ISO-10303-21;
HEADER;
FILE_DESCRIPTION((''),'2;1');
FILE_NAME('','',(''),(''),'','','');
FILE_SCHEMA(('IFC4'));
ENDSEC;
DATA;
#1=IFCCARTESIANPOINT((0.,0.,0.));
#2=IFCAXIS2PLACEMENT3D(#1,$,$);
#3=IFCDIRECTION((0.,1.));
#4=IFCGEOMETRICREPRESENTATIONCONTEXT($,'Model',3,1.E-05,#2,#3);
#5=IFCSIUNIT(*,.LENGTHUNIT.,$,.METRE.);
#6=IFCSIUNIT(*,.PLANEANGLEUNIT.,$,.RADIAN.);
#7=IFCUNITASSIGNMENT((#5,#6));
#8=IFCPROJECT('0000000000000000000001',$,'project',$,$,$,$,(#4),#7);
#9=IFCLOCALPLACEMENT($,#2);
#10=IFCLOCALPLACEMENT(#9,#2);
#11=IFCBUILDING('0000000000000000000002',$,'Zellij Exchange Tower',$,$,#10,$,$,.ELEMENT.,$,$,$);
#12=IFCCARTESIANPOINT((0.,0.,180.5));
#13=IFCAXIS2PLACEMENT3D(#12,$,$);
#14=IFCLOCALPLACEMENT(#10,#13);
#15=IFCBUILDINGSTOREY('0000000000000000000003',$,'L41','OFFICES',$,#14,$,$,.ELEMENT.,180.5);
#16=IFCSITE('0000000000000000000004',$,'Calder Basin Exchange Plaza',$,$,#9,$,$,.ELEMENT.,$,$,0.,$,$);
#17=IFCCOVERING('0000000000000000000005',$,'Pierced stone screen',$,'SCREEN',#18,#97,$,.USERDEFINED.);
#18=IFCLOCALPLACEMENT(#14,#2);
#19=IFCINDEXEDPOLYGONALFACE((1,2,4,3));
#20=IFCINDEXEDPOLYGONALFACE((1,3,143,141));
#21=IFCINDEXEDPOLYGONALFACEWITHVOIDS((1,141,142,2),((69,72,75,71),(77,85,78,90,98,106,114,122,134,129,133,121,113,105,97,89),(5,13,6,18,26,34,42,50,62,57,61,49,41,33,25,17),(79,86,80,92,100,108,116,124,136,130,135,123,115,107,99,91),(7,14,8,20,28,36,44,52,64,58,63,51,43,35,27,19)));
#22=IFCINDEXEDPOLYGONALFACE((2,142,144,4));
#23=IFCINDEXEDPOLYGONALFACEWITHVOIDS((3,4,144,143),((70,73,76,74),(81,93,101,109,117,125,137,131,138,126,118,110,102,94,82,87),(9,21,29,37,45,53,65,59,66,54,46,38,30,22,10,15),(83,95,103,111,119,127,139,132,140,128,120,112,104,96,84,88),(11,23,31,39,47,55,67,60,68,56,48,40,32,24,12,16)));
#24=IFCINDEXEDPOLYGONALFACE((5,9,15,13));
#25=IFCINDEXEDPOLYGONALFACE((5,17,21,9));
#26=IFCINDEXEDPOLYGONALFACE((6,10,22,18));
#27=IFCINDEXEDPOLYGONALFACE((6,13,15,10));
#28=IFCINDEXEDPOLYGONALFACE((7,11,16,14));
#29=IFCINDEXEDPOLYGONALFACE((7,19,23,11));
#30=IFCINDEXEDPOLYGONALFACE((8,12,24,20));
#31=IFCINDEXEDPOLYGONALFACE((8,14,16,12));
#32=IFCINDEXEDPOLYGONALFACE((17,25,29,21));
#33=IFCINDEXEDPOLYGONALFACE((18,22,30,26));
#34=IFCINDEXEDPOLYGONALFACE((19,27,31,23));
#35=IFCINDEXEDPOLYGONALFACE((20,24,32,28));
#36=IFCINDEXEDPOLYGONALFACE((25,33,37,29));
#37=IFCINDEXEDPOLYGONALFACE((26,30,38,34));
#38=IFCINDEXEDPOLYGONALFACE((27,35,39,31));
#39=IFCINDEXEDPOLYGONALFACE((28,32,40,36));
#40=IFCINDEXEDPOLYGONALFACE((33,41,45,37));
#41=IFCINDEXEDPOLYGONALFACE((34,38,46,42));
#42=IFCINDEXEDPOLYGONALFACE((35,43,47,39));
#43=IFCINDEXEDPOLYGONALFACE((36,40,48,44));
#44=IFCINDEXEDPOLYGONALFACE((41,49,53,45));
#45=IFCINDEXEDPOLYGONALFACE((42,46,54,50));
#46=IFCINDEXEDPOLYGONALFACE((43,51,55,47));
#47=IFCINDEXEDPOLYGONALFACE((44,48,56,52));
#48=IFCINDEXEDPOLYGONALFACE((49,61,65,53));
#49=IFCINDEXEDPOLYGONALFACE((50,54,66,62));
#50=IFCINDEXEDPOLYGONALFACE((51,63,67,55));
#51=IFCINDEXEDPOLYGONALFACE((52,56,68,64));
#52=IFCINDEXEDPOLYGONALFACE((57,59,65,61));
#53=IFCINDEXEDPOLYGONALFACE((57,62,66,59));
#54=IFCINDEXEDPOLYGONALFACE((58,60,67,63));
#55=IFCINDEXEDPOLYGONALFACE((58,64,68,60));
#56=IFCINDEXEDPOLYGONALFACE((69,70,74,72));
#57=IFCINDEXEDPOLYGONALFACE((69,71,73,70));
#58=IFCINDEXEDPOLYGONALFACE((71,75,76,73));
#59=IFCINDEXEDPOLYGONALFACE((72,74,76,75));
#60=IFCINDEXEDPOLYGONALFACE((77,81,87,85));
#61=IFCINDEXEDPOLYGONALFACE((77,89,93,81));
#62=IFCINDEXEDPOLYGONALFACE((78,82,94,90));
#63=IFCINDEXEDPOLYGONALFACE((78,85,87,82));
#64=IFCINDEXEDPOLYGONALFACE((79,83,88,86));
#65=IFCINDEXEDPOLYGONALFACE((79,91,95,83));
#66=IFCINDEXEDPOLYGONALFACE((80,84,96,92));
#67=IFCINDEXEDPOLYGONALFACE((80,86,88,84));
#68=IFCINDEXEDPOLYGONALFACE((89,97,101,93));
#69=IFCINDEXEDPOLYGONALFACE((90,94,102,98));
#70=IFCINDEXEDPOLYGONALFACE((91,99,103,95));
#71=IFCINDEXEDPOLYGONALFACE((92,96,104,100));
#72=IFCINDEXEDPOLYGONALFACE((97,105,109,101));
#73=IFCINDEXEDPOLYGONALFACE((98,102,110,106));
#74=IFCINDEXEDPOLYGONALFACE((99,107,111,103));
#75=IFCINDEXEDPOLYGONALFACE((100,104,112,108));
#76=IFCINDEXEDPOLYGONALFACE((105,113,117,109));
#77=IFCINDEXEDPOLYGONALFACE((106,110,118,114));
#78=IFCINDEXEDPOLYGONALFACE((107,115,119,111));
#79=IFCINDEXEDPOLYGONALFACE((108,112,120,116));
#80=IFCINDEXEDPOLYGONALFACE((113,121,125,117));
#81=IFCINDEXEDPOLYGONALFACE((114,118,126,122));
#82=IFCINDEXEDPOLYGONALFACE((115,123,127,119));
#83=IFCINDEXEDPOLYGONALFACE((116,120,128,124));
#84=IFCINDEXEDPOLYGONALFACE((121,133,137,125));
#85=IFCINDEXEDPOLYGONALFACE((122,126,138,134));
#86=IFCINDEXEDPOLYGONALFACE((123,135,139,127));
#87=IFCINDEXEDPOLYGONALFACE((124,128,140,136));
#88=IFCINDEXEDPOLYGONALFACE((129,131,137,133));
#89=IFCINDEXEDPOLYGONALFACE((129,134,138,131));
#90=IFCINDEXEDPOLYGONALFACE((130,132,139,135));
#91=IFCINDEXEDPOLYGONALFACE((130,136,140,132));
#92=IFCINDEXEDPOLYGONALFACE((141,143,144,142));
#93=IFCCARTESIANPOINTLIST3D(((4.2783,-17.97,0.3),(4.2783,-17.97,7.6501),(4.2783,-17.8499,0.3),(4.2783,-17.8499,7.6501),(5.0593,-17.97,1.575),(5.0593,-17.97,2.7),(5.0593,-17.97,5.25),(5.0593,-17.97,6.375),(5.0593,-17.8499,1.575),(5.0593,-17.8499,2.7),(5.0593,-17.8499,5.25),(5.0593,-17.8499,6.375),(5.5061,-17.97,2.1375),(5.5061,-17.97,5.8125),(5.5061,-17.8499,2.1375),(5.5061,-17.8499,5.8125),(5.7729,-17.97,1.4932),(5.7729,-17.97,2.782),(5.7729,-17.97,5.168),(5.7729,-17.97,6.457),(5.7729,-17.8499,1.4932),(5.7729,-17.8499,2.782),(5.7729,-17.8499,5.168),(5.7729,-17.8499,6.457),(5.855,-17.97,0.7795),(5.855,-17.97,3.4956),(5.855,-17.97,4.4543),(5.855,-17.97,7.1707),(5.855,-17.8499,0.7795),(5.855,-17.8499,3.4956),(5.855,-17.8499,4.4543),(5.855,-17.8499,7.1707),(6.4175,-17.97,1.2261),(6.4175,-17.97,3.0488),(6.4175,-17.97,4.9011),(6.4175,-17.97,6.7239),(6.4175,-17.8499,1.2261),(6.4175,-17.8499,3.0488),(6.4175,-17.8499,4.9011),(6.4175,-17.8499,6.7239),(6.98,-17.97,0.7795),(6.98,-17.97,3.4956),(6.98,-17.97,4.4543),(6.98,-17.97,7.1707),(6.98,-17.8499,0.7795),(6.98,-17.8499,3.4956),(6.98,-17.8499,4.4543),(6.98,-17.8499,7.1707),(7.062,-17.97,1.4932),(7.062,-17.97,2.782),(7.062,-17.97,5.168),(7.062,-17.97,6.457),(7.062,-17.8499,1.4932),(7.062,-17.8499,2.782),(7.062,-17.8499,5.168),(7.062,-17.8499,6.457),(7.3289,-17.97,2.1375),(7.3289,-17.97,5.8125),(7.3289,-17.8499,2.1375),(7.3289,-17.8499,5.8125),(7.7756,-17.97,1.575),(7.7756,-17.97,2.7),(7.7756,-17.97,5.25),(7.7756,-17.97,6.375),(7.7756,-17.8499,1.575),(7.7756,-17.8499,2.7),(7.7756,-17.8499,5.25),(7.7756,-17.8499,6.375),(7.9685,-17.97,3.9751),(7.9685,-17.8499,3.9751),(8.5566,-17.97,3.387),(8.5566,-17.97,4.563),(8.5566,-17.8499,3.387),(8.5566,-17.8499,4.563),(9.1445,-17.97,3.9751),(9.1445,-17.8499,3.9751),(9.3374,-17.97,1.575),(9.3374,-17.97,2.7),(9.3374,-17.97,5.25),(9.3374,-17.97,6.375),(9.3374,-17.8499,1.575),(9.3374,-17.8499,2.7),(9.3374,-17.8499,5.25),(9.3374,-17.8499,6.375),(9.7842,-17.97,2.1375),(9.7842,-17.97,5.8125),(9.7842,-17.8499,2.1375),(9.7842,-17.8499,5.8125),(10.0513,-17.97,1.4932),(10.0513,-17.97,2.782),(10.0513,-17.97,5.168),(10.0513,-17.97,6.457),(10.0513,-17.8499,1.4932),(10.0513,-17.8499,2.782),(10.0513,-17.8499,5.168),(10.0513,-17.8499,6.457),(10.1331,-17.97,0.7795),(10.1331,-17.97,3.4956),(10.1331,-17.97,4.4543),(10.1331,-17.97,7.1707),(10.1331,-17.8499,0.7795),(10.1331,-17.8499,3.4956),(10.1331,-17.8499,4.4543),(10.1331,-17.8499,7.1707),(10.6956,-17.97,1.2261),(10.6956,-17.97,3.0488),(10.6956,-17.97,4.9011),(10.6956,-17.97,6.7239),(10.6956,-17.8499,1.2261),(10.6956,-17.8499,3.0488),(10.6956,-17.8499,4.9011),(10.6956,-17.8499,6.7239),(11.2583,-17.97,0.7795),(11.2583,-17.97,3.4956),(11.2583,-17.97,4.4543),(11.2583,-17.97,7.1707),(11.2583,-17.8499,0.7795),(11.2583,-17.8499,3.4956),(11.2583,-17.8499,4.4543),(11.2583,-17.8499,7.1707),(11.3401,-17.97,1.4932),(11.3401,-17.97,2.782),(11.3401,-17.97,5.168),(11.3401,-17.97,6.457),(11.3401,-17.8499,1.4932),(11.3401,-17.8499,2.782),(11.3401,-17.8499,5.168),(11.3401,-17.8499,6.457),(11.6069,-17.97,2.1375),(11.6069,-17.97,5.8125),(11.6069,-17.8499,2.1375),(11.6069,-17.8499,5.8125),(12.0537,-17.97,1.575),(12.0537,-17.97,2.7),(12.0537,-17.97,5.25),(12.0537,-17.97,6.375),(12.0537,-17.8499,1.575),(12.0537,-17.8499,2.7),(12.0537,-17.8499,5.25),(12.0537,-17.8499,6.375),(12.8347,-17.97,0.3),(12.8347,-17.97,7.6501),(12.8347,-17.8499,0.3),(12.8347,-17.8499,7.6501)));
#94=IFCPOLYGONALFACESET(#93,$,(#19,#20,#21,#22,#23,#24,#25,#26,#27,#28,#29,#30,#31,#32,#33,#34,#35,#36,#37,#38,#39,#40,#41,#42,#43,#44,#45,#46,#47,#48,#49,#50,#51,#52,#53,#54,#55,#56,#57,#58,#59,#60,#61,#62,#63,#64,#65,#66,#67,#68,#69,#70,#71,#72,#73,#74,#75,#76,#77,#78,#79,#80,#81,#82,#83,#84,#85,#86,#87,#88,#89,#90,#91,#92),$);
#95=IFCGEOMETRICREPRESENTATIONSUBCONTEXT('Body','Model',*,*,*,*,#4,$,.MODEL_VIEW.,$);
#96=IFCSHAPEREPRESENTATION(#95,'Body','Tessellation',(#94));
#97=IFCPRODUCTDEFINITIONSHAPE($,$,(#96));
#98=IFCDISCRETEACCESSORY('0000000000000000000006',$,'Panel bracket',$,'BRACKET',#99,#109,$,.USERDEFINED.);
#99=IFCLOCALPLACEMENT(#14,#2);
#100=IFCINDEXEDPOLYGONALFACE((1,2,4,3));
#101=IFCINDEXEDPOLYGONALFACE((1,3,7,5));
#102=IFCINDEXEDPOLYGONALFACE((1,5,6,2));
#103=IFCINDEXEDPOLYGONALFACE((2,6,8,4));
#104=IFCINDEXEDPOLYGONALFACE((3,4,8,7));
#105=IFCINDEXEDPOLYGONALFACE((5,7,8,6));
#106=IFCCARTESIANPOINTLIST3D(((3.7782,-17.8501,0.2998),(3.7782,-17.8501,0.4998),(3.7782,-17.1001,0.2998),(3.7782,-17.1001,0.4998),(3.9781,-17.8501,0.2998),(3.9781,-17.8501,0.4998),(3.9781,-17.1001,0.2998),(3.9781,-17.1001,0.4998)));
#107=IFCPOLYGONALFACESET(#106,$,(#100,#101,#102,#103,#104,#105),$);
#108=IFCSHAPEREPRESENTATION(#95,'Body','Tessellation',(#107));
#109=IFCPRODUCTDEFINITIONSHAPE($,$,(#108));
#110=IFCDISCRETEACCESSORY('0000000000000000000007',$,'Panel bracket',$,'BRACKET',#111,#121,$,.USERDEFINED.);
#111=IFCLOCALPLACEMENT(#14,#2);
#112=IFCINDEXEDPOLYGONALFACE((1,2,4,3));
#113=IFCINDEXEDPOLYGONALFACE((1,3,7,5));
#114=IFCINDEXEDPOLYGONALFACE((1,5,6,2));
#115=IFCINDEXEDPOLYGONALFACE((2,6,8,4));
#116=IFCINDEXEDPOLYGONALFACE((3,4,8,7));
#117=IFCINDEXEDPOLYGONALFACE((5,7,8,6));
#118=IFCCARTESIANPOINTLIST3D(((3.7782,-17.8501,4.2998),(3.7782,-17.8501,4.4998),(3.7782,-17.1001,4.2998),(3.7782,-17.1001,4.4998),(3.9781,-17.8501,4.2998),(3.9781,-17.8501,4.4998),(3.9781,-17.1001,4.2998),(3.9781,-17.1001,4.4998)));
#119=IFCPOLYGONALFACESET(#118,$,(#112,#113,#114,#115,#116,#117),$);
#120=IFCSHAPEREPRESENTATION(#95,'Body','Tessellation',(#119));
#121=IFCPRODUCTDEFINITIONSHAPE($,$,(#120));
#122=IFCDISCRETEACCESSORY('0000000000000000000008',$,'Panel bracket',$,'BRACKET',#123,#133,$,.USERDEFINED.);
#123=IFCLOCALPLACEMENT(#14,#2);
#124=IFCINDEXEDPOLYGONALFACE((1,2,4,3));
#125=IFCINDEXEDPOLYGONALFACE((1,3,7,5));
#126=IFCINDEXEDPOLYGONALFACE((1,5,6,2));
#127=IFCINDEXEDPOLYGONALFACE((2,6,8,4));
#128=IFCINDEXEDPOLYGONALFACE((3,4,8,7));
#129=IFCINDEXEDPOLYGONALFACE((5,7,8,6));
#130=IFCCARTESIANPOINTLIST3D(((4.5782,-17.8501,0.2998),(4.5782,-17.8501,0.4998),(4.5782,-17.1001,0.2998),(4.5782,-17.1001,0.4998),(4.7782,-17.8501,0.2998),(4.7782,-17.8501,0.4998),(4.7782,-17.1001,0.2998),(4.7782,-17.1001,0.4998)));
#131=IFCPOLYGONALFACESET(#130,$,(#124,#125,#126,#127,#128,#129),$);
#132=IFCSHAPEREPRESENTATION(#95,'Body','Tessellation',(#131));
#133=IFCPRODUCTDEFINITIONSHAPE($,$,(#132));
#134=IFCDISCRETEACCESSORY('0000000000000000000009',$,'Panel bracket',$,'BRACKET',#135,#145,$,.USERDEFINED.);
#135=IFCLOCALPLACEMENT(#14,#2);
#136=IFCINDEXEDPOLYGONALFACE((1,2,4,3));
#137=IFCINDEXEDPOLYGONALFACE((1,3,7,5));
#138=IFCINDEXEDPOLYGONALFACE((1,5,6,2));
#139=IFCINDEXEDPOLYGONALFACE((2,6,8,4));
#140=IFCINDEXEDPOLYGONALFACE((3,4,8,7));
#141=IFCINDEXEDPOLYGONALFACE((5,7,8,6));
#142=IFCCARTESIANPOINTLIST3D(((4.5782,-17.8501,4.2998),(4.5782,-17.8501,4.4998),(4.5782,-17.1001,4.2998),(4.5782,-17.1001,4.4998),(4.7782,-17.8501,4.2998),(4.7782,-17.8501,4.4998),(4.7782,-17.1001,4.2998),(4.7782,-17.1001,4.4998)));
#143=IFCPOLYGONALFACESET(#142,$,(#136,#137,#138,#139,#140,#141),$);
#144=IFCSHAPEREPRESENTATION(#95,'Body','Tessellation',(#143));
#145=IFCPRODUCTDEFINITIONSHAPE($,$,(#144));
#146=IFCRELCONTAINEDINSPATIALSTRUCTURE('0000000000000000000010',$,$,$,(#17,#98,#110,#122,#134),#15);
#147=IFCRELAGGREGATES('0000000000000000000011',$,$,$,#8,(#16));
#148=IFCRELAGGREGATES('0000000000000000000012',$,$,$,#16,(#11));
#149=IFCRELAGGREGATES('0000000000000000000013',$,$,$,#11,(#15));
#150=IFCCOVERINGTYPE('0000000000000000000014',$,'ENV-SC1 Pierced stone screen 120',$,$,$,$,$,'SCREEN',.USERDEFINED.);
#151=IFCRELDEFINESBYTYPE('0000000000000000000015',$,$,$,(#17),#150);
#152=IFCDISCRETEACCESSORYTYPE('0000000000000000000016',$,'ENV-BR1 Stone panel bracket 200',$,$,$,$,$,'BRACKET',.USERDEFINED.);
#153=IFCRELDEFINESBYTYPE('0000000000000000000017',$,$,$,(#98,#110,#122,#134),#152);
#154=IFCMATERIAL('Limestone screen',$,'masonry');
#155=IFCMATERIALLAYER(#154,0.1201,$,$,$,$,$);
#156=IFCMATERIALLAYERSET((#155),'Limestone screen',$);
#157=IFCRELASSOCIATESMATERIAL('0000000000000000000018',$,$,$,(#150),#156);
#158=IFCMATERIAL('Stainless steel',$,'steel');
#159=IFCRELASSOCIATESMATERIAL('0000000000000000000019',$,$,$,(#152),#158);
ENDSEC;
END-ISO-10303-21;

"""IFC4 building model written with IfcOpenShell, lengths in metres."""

from ifc_helpers import new_model, si_unit, direction, frame, origin, origin_2d, place, context, subcontext, project, spatial, polyline, rectangle, outline, extrude, material, layer, layer_set, type_object, element, save


model = new_model("IFC4")

# Units and contexts
model_context = context("Model", 3, precision=1e-05, world=origin(), true_north=direction((0.0, 1.0)))
body_context = subcontext(model_context, "Body", "Model", "MODEL_VIEW")
ifc_project = project(units=[si_unit("LENGTHUNIT", "METRE"), si_unit("PLANEANGLEUNIT", "RADIAN")], contexts=[model_context])

# Site, building, storey
site_placement = place(None, origin())
site = spatial("IfcSite", under=ifc_project, at=site_placement, Name="Calder Basin Exchange Plaza", CompositionType="ELEMENT", RefElevation=0.0)
building_placement = place(site_placement, origin())
building = spatial("IfcBuilding", under=site, at=building_placement, Name="Zellij Exchange Tower", CompositionType="ELEMENT")
storey_placement = place(building_placement, frame((0.0, 0.0, 180.5)))
storey = spatial("IfcBuildingStorey", under=building, at=storey_placement, Name="L41", Description="OFFICES", CompositionType="ELEMENT", Elevation=180.5)

# Shared definitions
ifc_material_1 = material(Name="Stainless steel", Category="steel")

# Covering
ifc_material_2 = material(Name="Limestone screen", Category="masonry")
ifc_layer_1 = layer(ifc_material_2, 0.1201)
ifc_layer_set_1 = layer_set([ifc_layer_1], Name="Limestone screen")
covering_type = type_object("IfcCoveringType", Name="ENV-SC1 Pierced stone screen 120", ElementType="SCREEN", PredefinedType="USERDEFINED", material=ifc_layer_set_1)
covering_placement = place(storey_placement, frame((4.2783, -17.9099, 0.3), z_axis=(0.0, 0.0, 1.0), x_axis=(1.0, 0.0, 0.0)))
element("IfcCovering", 1, at=covering_placement, inside=storey, type_object=covering_type, Name="Pierced stone screen", ObjectType="SCREEN", PredefinedType="USERDEFINED", context=body_context, shape_type="SweptSolid", body=[
    extrude(outline(polyline([(0.0, 0.0), (8.5564, 0.0), (8.5564, 7.3501), (0.0, 7.3501), (0.0, 0.0)]), holes=[polyline([(3.4973, 2.3999), (2.7837, 2.4819), (2.7017, 3.1956), (2.1392, 2.7488), (1.5767, 3.1956), (1.4946, 2.4819), (0.781, 2.3999), (1.2278, 1.8374), (0.781, 1.2749), (1.4946, 1.1931), (1.5767, 0.4795), (2.1392, 0.926), (2.7017, 0.4795), (2.7837, 1.1931), (3.4973, 1.2749), (3.0505, 1.8374), (3.4973, 2.3999)]), polyline([(3.4973, 6.075), (2.7837, 6.157), (2.7017, 6.8706), (2.1392, 6.4238), (1.5767, 6.8706), (1.4946, 6.157), (0.781, 6.075), (1.2278, 5.5125), (0.781, 4.95), (1.4946, 4.8679), (1.5767, 4.1543), (2.1392, 4.6011), (2.7017, 4.1543), (2.7837, 4.8679), (3.4973, 4.95), (3.0505, 5.5125), (3.4973, 6.075)]), polyline([(7.7754, 2.3999), (7.0618, 2.4819), (6.98, 3.1956), (6.4172, 2.7488), (5.8547, 3.1956), (5.7729, 2.4819), (5.0591, 2.3999), (5.5059, 1.8374), (5.0591, 1.2749), (5.7729, 1.1931), (5.8547, 0.4795), (6.4172, 0.926), (6.98, 0.4795), (7.0618, 1.1931), (7.7754, 1.2749), (7.3286, 1.8374), (7.7754, 2.3999)]), polyline([(7.7754, 6.075), (7.0618, 6.157), (6.98, 6.8706), (6.4172, 6.4238), (5.8547, 6.8706), (5.7729, 6.157), (5.0591, 6.075), (5.5059, 5.5125), (5.0591, 4.95), (5.7729, 4.8679), (5.8547, 4.1543), (6.4172, 4.6011), (6.98, 4.1543), (7.0618, 4.8679), (7.7754, 4.95), (7.3286, 5.5125), (7.7754, 6.075)]), polyline([(4.8662, 3.675), (4.2783, 4.2629), (3.6902, 3.675), (4.2783, 3.0869), (4.8662, 3.675)])]), frame((0.0, 0.0601, 0.0), z_axis=(0.0, -1.0, 0.0), x_axis=(1.0, 0.0, 0.0)), (0.0, 0.0, 1.0), 0.1201),
])

# Discrete accessories
discrete_accessory_type = type_object("IfcDiscreteAccessoryType", Name="ENV-BR1 Stone panel bracket 200", ElementType="BRACKET", PredefinedType="USERDEFINED", material=ifc_material_1)
for number, where, z_axis, x_axis, name in (
    (2, (3.8782, -17.4751, 0.2998), (0.0, 0.0, 1.0), (1.0, 0.0, 0.0), "Panel bracket"),
    (3, (3.8782, -17.4751, 4.2998), (0.0, 0.0, 1.0), (1.0, 0.0, 0.0), "Panel bracket"),
    (4, (4.6782, -17.4751, 0.2998), (0.0, 0.0, 1.0), (1.0, 0.0, 0.0), "Panel bracket"),
    (5, (4.6782, -17.4751, 4.2998), (0.0, 0.0, 1.0), (1.0, 0.0, 0.0), "Panel bracket"),
):
    element("IfcDiscreteAccessory", number, at=place(storey_placement, frame(where, z_axis=z_axis, x_axis=x_axis)), inside=storey, type_object=discrete_accessory_type, Name=name, ObjectType="BRACKET", PredefinedType="USERDEFINED", context=body_context, shape_type="SweptSolid", body=[
        extrude(rectangle(XDim=0.2, YDim=0.75, at=origin_2d()), origin(), (0.0, 0.0, 1.0), 0.2),
    ])

save(model, "model.ifc")
